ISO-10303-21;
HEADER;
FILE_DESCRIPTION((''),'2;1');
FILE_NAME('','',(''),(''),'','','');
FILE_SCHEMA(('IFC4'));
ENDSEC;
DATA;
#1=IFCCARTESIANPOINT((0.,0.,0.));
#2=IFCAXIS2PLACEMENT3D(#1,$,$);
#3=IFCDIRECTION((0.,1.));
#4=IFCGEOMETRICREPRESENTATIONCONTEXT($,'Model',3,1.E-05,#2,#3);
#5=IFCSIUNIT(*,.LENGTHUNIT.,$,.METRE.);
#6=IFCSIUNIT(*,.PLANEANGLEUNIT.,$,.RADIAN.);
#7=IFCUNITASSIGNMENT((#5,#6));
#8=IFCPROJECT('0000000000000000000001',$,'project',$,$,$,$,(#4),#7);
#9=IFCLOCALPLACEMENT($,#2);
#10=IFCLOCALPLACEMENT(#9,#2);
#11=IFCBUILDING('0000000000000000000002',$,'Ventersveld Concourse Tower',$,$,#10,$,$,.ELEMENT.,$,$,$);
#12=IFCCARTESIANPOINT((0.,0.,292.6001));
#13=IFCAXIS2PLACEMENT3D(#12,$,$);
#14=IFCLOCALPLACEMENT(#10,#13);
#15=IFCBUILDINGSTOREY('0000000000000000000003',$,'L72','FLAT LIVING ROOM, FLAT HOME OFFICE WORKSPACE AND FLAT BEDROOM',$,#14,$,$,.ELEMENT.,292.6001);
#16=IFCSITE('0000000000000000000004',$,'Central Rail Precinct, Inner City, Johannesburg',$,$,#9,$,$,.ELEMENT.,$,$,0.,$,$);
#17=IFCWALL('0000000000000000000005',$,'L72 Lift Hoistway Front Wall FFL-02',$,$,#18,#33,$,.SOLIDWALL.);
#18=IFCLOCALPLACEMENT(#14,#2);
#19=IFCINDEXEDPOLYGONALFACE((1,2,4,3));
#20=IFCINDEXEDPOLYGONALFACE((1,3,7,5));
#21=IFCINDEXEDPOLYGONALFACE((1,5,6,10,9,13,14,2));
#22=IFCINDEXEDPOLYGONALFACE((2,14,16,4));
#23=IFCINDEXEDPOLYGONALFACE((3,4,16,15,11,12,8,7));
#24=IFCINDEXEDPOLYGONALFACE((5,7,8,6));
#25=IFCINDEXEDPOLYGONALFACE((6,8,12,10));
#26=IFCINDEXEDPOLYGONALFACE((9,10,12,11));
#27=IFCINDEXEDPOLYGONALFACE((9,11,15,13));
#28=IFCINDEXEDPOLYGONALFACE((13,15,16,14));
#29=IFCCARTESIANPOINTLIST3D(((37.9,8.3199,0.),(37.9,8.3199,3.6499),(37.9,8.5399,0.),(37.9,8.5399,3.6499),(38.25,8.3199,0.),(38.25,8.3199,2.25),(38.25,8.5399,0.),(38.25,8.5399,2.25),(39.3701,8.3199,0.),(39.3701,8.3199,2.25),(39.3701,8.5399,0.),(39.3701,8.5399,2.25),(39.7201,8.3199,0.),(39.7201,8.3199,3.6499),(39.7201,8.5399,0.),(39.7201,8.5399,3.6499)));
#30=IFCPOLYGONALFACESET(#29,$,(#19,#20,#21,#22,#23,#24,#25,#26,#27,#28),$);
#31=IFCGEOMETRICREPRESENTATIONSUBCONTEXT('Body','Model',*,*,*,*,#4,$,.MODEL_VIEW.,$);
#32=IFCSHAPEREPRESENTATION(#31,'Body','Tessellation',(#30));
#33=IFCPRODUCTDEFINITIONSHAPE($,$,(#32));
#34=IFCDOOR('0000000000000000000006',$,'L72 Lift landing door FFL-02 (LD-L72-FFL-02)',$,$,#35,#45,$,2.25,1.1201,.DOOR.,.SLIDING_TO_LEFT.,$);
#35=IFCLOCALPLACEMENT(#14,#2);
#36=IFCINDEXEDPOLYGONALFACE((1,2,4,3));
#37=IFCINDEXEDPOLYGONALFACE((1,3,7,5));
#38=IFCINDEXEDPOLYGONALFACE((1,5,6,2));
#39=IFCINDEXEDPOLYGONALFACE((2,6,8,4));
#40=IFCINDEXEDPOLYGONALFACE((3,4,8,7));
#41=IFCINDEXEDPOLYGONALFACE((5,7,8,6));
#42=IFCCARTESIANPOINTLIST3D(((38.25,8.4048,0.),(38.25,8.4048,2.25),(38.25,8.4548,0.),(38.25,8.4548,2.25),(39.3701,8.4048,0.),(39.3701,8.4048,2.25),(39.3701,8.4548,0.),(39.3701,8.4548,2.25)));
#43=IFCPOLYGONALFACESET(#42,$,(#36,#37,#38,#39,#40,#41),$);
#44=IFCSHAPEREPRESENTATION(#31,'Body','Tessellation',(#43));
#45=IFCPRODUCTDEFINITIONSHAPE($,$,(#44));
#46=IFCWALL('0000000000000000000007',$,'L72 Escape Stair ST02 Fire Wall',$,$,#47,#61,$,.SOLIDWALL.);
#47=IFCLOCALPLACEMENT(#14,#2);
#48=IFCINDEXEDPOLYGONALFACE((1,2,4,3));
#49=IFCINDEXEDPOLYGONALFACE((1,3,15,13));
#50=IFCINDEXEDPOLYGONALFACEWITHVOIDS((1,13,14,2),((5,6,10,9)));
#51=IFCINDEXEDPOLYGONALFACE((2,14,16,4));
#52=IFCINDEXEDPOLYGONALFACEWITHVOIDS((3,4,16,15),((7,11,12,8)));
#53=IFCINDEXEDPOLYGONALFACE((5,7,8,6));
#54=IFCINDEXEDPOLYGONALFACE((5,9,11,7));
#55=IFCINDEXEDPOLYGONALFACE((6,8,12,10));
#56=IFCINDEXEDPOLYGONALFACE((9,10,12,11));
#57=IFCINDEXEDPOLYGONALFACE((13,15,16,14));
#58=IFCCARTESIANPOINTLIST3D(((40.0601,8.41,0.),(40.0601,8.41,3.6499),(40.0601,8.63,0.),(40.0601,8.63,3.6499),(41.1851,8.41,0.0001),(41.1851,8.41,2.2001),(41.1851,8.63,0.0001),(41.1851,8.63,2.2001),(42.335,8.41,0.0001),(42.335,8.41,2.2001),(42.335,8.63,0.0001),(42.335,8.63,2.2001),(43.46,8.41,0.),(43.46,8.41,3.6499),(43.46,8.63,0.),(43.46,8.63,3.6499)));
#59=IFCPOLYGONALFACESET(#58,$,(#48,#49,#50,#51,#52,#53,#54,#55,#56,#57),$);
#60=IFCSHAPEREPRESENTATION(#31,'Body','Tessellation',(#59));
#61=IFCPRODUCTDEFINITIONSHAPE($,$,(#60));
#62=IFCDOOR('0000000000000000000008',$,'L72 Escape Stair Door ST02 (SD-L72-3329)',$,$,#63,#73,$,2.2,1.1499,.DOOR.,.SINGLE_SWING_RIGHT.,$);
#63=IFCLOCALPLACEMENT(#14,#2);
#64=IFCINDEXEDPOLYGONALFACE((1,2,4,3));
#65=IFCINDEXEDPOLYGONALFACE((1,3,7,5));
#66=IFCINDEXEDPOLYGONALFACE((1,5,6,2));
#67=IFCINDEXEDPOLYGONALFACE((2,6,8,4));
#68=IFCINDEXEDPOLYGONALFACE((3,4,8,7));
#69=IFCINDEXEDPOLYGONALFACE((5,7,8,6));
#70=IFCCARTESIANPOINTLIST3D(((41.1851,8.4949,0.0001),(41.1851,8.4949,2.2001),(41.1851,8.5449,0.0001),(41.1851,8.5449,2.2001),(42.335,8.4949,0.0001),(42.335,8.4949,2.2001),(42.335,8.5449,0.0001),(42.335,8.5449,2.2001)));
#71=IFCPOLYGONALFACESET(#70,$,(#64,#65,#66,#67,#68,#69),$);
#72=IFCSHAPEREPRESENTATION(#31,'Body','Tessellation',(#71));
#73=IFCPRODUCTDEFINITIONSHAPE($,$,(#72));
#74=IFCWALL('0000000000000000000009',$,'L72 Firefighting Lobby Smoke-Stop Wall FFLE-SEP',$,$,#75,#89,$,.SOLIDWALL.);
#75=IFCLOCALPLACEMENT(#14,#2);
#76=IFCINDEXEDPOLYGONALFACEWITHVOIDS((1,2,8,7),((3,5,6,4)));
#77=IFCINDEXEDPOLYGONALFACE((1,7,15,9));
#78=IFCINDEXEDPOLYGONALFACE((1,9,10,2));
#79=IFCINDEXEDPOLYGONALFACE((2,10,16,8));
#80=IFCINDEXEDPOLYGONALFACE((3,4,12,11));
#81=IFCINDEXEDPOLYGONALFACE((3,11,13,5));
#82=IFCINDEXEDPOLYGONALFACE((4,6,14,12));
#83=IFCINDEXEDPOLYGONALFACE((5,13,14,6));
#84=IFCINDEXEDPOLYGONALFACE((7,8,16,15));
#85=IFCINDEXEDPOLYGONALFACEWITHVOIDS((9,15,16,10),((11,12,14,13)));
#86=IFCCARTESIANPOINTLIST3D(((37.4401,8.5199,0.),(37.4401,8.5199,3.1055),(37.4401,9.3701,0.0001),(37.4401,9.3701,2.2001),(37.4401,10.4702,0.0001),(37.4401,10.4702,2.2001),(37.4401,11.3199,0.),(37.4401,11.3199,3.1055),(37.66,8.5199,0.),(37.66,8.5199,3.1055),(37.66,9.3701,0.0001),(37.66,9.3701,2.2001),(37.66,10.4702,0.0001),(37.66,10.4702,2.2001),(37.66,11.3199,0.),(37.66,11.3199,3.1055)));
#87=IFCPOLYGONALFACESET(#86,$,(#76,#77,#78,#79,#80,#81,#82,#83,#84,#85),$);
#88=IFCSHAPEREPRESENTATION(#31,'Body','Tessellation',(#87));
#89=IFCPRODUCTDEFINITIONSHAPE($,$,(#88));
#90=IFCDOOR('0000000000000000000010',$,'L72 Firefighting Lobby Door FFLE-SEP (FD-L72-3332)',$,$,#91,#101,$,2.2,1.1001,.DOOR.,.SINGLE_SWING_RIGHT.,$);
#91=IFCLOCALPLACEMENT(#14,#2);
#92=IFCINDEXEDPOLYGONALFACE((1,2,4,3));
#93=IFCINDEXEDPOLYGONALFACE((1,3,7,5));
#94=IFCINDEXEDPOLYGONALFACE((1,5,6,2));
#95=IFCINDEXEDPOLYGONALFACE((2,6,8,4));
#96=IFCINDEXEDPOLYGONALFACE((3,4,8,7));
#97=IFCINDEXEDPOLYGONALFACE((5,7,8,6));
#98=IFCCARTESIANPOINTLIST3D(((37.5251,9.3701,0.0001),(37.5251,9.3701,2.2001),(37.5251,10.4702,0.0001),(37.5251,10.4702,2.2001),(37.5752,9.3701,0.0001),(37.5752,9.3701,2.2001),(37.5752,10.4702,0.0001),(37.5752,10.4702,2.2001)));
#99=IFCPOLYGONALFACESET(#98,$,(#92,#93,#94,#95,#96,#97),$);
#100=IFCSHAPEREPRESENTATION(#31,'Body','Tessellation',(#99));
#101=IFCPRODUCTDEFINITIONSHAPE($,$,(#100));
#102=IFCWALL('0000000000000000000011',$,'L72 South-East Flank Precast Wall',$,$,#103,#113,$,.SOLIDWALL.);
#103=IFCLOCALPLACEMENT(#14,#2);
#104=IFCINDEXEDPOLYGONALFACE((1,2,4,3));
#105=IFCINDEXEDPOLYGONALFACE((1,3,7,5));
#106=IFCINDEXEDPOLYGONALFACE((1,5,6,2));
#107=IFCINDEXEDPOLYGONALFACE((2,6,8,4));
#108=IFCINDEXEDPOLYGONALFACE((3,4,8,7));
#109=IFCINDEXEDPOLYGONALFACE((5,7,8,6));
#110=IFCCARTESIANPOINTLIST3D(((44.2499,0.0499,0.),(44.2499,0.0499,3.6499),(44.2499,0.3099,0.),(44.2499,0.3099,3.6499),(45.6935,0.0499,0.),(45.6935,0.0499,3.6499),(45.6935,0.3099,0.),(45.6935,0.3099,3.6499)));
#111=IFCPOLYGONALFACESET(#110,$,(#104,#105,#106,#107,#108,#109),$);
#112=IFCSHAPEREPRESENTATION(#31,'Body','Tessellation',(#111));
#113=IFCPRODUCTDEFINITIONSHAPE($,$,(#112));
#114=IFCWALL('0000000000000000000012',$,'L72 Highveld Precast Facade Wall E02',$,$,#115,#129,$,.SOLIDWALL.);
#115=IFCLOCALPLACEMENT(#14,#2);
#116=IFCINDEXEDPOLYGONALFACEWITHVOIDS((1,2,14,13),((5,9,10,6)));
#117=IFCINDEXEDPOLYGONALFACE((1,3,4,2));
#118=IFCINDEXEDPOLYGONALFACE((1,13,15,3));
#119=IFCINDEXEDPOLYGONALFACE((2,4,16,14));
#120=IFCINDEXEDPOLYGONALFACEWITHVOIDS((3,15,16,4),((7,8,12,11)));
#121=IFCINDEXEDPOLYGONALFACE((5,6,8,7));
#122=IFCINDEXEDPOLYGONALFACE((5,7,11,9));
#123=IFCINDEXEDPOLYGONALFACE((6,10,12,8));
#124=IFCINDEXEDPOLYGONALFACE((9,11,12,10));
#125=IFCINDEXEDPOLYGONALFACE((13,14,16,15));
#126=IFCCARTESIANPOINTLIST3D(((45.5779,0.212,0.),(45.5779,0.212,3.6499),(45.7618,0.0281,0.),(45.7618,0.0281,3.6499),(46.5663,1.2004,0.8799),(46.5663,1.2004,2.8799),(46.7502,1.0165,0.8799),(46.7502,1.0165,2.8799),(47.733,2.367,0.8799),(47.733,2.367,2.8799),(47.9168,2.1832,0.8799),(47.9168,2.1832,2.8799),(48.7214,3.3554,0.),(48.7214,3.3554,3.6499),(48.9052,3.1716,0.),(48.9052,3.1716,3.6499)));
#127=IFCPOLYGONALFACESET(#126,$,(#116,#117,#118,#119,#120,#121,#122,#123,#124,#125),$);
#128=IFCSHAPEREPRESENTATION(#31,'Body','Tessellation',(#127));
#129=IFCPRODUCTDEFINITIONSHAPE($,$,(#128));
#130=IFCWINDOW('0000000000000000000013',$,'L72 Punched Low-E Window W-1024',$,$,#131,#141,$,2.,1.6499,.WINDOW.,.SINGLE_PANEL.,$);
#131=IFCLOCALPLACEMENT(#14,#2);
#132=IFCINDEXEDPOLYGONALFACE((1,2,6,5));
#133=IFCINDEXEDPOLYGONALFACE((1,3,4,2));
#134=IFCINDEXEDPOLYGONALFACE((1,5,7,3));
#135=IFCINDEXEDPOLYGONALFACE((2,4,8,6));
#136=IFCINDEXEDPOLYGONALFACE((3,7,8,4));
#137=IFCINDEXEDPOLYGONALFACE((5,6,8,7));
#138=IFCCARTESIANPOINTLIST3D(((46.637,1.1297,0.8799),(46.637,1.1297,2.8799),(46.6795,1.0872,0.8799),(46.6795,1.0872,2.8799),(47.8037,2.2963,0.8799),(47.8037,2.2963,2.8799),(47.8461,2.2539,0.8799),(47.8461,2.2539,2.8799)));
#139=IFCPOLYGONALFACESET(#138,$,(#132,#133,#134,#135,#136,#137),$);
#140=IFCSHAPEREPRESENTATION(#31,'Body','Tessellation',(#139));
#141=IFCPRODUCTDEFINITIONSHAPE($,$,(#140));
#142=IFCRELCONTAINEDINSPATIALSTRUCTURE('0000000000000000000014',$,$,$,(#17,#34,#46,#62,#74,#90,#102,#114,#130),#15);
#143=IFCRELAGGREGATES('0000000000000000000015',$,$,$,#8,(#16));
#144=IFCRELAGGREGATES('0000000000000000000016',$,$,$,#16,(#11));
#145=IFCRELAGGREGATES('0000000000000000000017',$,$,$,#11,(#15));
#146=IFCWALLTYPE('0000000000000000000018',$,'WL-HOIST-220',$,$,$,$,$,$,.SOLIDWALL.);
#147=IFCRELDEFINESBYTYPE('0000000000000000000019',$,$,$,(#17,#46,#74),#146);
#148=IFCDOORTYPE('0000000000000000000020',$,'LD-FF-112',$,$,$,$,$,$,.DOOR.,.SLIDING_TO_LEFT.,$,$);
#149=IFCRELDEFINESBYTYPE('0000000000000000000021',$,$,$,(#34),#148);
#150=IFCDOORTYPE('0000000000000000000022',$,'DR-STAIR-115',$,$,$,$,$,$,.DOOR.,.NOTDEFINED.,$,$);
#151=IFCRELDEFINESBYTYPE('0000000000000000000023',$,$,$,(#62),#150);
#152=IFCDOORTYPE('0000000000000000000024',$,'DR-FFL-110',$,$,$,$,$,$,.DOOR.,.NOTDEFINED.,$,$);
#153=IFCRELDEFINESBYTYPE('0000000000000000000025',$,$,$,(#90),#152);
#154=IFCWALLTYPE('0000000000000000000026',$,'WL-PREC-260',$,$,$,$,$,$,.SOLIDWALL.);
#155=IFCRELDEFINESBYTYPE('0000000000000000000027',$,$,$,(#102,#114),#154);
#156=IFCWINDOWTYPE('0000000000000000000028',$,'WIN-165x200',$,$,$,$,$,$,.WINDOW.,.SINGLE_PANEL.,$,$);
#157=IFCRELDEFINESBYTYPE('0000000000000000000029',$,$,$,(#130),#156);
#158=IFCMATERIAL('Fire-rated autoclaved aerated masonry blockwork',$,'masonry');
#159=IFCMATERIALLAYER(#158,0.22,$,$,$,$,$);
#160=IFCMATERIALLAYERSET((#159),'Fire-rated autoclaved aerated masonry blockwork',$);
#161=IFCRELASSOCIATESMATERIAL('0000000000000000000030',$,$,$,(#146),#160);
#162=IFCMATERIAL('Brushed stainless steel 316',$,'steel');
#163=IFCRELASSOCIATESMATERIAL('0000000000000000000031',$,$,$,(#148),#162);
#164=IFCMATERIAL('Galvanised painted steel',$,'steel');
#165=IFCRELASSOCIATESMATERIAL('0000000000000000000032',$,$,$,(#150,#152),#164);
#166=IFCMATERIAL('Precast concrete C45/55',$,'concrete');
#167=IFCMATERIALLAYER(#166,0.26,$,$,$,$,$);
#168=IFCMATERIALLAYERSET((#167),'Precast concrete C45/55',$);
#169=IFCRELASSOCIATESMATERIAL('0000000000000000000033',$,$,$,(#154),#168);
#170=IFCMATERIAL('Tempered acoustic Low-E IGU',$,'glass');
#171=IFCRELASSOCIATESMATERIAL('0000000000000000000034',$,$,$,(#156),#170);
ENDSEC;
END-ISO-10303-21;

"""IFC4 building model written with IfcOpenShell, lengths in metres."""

from ifc_helpers import new_model, si_unit, direction, frame, frame_2d, origin, place, context, subcontext, project, spatial, rectangle, extrude, material, layer, layer_set, type_object, element, fill, save


model = new_model("IFC4")

# Units and contexts
model_context = context("Model", 3, precision=1e-05, world=origin(), true_north=direction((0.0, 1.0)))
body_context = subcontext(model_context, "Body", "Model", "MODEL_VIEW")
ifc_project = project(units=[si_unit("LENGTHUNIT", "METRE"), si_unit("PLANEANGLEUNIT", "RADIAN")], contexts=[model_context])

# Site, building, storey
site_placement = place(None, origin())
site = spatial("IfcSite", under=ifc_project, at=site_placement, Name="Central Rail Precinct, Inner City, Johannesburg", CompositionType="ELEMENT", RefElevation=0.0)
building_placement = place(site_placement, origin())
building = spatial("IfcBuilding", under=site, at=building_placement, Name="Ventersveld Concourse Tower", CompositionType="ELEMENT")
storey_placement = place(building_placement, frame((0.0, 0.0, 292.6001)))
storey = spatial("IfcBuildingStorey", under=building, at=storey_placement, Name="L72", Description="FLAT LIVING ROOM, FLAT HOME OFFICE WORKSPACE AND FLAT BEDROOM", CompositionType="ELEMENT", Elevation=292.6001)

# Shared definitions
ifc_material_1 = material(Name="Fire-rated autoclaved aerated masonry blockwork", Category="masonry")
ifc_layer_1 = layer(ifc_material_1, 0.22)
ifc_layer_set_1 = layer_set([ifc_layer_1], Name="Fire-rated autoclaved aerated masonry blockwork")
wall_type_1 = type_object("IfcWallType", Name="WL-HOIST-220", PredefinedType="SOLIDWALL", material=ifc_layer_set_1)

# Walls, openings, doors
wall_1_placement = place(storey_placement, frame((37.8999, 8.4299, 0.0), z_axis=(0.0, 0.0, 1.0), x_axis=(1.0, 0.0, 0.0)))
wall_1 = element("IfcWall", 1, at=wall_1_placement, inside=storey, type_object=wall_type_1, Name="L72 Lift Hoistway Front Wall FFL-02", PredefinedType="SOLIDWALL", context=body_context, shape_type="SweptSolid", body=[
    extrude(rectangle(XDim=1.8201, YDim=0.22, at=frame_2d((0.9102, 0.0))), origin(), (0.0, 0.0, 1.0), 3.6499),
])
opening_1_placement = place(wall_1_placement, frame((0.3501, 0.0, 0.0)))
opening_1 = element("IfcOpeningElement", 2, at=opening_1_placement, cuts=wall_1, PredefinedType="OPENING", context=body_context, shape_type="SweptSolid", body=[
    extrude(rectangle(XDim=1.1201, YDim=2.25, at=frame_2d((0.5601, 1.125))), frame((0.0, 0.1201, 0.0), z_axis=(0.0, -1.0, 0.0), x_axis=(1.0, 0.0, 0.0)), (0.0, 0.0, 1.0), 0.24),
])
ifc_material_2 = material(Name="Brushed stainless steel 316", Category="steel")
door_type_1 = type_object("IfcDoorType", Name="LD-FF-112", OperationType="SLIDING_TO_LEFT", PredefinedType="DOOR", material=ifc_material_2)
door_1_placement = place(opening_1_placement, origin())
door_1 = element("IfcDoor", 3, at=door_1_placement, inside=storey, type_object=door_type_1, Name="L72 Lift landing door FFL-02 (LD-L72-FFL-02)", OperationType="SLIDING_TO_LEFT", OverallHeight=2.25, OverallWidth=1.1201, PredefinedType="DOOR", context=body_context, shape_type="SweptSolid", body=[
    extrude(rectangle(XDim=1.1201, YDim=2.25, at=frame_2d((0.5601, 1.125))), frame((0.0, 0.0249, 0.0), z_axis=(0.0, -1.0, 0.0), x_axis=(1.0, 0.0, 0.0)), (0.0, 0.0, 1.0), 0.05),
])
fill(opening_1, door_1)
wall_2_placement = place(storey_placement, frame((40.0601, 8.52, 0.0), z_axis=(0.0, 0.0, 1.0), x_axis=(1.0, 0.0, 0.0)))
wall_2 = element("IfcWall", 4, at=wall_2_placement, inside=storey, type_object=wall_type_1, Name="L72 Escape Stair ST02 Fire Wall", PredefinedType="SOLIDWALL", context=body_context, shape_type="SweptSolid", body=[
    extrude(rectangle(XDim=3.3999, YDim=0.22, at=frame_2d((1.7, 0.0))), origin(), (0.0, 0.0, 1.0), 3.6499),
])
opening_2_placement = place(wall_2_placement, frame((1.125, 0.0, 0.0)))
opening_2 = element("IfcOpeningElement", 5, at=opening_2_placement, cuts=wall_2, PredefinedType="OPENING", context=body_context, shape_type="SweptSolid", body=[
    extrude(rectangle(XDim=1.1499, YDim=2.2, at=frame_2d((0.575, 1.1001))), frame((0.0, 0.1201, 0.0), z_axis=(0.0, -1.0, 0.0), x_axis=(1.0, 0.0, 0.0)), (0.0, 0.0, 1.0), 0.24),
])
ifc_material_3 = material(Name="Galvanised painted steel", Category="steel")
door_type_2 = type_object("IfcDoorType", Name="DR-STAIR-115", OperationType="NOTDEFINED", PredefinedType="DOOR", material=ifc_material_3)
door_2_placement = place(opening_2_placement, origin())
door_2 = element("IfcDoor", 6, at=door_2_placement, inside=storey, type_object=door_type_2, Name="L72 Escape Stair Door ST02 (SD-L72-3329)", OperationType="SINGLE_SWING_RIGHT", OverallHeight=2.2, OverallWidth=1.1499, PredefinedType="DOOR", context=body_context, shape_type="SweptSolid", body=[
    extrude(rectangle(XDim=1.1499, YDim=2.2, at=frame_2d((0.575, 1.1001))), frame((0.0, 0.0249, 0.0), z_axis=(0.0, -1.0, 0.0), x_axis=(1.0, 0.0, 0.0)), (0.0, 0.0, 1.0), 0.05),
])
fill(opening_2, door_2)
wall_3_placement = place(storey_placement, frame((37.55, 8.52, 0.0), z_axis=(0.0, 0.0, 1.0), x_axis=(0.0, 1.0, 0.0)))
wall_3 = element("IfcWall", 7, at=wall_3_placement, inside=storey, type_object=wall_type_1, Name="L72 Firefighting Lobby Smoke-Stop Wall FFLE-SEP", PredefinedType="SOLIDWALL", context=body_context, shape_type="SweptSolid", body=[
    extrude(rectangle(XDim=2.8, YDim=0.22, at=frame_2d((1.3999, 0.0))), origin(), (0.0, 0.0, 1.0), 3.1055),
])
opening_3_placement = place(wall_3_placement, frame((0.8501, 0.0, 0.0)))
opening_3 = element("IfcOpeningElement", 8, at=opening_3_placement, cuts=wall_3, PredefinedType="OPENING", context=body_context, shape_type="SweptSolid", body=[
    extrude(rectangle(XDim=1.1001, YDim=2.2, at=frame_2d((0.55, 1.1001))), frame((0.0, 0.1201, 0.0), z_axis=(0.0, -1.0, 0.0), x_axis=(1.0, 0.0, 0.0)), (0.0, 0.0, 1.0), 0.24),
])
door_type_3 = type_object("IfcDoorType", Name="DR-FFL-110", OperationType="NOTDEFINED", PredefinedType="DOOR", material=ifc_material_3)
door_3_placement = place(opening_3_placement, origin())
door_3 = element("IfcDoor", 9, at=door_3_placement, inside=storey, type_object=door_type_3, Name="L72 Firefighting Lobby Door FFLE-SEP (FD-L72-3332)", OperationType="SINGLE_SWING_RIGHT", OverallHeight=2.2, OverallWidth=1.1001, PredefinedType="DOOR", context=body_context, shape_type="SweptSolid", body=[
    extrude(rectangle(XDim=1.1001, YDim=2.2, at=frame_2d((0.55, 1.1001))), frame((0.0, 0.0249, 0.0), z_axis=(0.0, -1.0, 0.0), x_axis=(1.0, 0.0, 0.0)), (0.0, 0.0, 1.0), 0.05),
])
fill(opening_3, door_3)

# Wall
ifc_material_4 = material(Name="Precast concrete C45/55", Category="concrete")
ifc_layer_2 = layer(ifc_material_4, 0.26)
ifc_layer_set_2 = layer_set([ifc_layer_2], Name="Precast concrete C45/55")
wall_type_2 = type_object("IfcWallType", Name="WL-PREC-260", PredefinedType="SOLIDWALL", material=ifc_layer_set_2)
wall_4_placement = place(storey_placement, frame((44.25, 0.1799, 0.0), z_axis=(0.0, 0.0, 1.0), x_axis=(1.0, 0.0, 0.0)))
element("IfcWall", 10, at=wall_4_placement, inside=storey, type_object=wall_type_2, Name="L72 South-East Flank Precast Wall", PredefinedType="SOLIDWALL", context=body_context, shape_type="SweptSolid", body=[
    extrude(rectangle(XDim=1.4436, YDim=0.26, at=frame_2d((0.7217, 0.0))), origin(), (0.0, 0.0, 1.0), 3.6499),
])

# Wall, opening, window
wall_5_placement = place(storey_placement, frame((45.6699, 0.1201, 0.0), z_axis=(0.0, 0.0, 1.0), x_axis=(0.707107, 0.707107, 0.0)))
wall_5 = element("IfcWall", 11, at=wall_5_placement, inside=storey, type_object=wall_type_2, Name="L72 Highveld Precast Facade Wall E02", PredefinedType="SOLIDWALL", context=body_context, shape_type="SweptSolid", body=[
    extrude(rectangle(XDim=4.4456, YDim=0.26, at=frame_2d((2.2227, 0.0))), origin(), (0.0, 0.0, 1.0), 3.6499),
])
opening_4_placement = place(wall_5_placement, frame((1.3977, 0.0, 0.8799)))
opening_4 = element("IfcOpeningElement", 12, at=opening_4_placement, cuts=wall_5, PredefinedType="OPENING", context=body_context, shape_type="SweptSolid", body=[
    extrude(rectangle(XDim=1.6499, YDim=2.0, at=frame_2d((0.825, 1.0))), frame((0.0, 0.1401, 0.0), z_axis=(0.0, -1.0, 0.0), x_axis=(1.0, 0.0, 0.0)), (0.0, 0.0, 1.0), 0.28),
])
ifc_material_5 = material(Name="Tempered acoustic Low-E IGU", Category="glass")
window_type_1 = type_object("IfcWindowType", Name="WIN-165x200", PartitioningType="SINGLE_PANEL", PredefinedType="WINDOW", material=ifc_material_5)
window_1_placement = place(opening_4_placement, origin())
window_1 = element("IfcWindow", 13, at=window_1_placement, inside=storey, type_object=window_type_1, Name="L72 Punched Low-E Window W-1024", OverallHeight=2.0, OverallWidth=1.6499, PartitioningType="SINGLE_PANEL", PredefinedType="WINDOW", context=body_context, shape_type="SweptSolid", body=[
    extrude(rectangle(XDim=1.6499, YDim=2.0, at=frame_2d((0.825, 1.0))), frame((0.0, 0.03, 0.0), z_axis=(0.0, -1.0, 0.0), x_axis=(1.0, 0.0, 0.0)), (0.0, 0.0, 1.0), 0.0601),
])
fill(opening_4, window_1)

save(model, "model.ifc")
